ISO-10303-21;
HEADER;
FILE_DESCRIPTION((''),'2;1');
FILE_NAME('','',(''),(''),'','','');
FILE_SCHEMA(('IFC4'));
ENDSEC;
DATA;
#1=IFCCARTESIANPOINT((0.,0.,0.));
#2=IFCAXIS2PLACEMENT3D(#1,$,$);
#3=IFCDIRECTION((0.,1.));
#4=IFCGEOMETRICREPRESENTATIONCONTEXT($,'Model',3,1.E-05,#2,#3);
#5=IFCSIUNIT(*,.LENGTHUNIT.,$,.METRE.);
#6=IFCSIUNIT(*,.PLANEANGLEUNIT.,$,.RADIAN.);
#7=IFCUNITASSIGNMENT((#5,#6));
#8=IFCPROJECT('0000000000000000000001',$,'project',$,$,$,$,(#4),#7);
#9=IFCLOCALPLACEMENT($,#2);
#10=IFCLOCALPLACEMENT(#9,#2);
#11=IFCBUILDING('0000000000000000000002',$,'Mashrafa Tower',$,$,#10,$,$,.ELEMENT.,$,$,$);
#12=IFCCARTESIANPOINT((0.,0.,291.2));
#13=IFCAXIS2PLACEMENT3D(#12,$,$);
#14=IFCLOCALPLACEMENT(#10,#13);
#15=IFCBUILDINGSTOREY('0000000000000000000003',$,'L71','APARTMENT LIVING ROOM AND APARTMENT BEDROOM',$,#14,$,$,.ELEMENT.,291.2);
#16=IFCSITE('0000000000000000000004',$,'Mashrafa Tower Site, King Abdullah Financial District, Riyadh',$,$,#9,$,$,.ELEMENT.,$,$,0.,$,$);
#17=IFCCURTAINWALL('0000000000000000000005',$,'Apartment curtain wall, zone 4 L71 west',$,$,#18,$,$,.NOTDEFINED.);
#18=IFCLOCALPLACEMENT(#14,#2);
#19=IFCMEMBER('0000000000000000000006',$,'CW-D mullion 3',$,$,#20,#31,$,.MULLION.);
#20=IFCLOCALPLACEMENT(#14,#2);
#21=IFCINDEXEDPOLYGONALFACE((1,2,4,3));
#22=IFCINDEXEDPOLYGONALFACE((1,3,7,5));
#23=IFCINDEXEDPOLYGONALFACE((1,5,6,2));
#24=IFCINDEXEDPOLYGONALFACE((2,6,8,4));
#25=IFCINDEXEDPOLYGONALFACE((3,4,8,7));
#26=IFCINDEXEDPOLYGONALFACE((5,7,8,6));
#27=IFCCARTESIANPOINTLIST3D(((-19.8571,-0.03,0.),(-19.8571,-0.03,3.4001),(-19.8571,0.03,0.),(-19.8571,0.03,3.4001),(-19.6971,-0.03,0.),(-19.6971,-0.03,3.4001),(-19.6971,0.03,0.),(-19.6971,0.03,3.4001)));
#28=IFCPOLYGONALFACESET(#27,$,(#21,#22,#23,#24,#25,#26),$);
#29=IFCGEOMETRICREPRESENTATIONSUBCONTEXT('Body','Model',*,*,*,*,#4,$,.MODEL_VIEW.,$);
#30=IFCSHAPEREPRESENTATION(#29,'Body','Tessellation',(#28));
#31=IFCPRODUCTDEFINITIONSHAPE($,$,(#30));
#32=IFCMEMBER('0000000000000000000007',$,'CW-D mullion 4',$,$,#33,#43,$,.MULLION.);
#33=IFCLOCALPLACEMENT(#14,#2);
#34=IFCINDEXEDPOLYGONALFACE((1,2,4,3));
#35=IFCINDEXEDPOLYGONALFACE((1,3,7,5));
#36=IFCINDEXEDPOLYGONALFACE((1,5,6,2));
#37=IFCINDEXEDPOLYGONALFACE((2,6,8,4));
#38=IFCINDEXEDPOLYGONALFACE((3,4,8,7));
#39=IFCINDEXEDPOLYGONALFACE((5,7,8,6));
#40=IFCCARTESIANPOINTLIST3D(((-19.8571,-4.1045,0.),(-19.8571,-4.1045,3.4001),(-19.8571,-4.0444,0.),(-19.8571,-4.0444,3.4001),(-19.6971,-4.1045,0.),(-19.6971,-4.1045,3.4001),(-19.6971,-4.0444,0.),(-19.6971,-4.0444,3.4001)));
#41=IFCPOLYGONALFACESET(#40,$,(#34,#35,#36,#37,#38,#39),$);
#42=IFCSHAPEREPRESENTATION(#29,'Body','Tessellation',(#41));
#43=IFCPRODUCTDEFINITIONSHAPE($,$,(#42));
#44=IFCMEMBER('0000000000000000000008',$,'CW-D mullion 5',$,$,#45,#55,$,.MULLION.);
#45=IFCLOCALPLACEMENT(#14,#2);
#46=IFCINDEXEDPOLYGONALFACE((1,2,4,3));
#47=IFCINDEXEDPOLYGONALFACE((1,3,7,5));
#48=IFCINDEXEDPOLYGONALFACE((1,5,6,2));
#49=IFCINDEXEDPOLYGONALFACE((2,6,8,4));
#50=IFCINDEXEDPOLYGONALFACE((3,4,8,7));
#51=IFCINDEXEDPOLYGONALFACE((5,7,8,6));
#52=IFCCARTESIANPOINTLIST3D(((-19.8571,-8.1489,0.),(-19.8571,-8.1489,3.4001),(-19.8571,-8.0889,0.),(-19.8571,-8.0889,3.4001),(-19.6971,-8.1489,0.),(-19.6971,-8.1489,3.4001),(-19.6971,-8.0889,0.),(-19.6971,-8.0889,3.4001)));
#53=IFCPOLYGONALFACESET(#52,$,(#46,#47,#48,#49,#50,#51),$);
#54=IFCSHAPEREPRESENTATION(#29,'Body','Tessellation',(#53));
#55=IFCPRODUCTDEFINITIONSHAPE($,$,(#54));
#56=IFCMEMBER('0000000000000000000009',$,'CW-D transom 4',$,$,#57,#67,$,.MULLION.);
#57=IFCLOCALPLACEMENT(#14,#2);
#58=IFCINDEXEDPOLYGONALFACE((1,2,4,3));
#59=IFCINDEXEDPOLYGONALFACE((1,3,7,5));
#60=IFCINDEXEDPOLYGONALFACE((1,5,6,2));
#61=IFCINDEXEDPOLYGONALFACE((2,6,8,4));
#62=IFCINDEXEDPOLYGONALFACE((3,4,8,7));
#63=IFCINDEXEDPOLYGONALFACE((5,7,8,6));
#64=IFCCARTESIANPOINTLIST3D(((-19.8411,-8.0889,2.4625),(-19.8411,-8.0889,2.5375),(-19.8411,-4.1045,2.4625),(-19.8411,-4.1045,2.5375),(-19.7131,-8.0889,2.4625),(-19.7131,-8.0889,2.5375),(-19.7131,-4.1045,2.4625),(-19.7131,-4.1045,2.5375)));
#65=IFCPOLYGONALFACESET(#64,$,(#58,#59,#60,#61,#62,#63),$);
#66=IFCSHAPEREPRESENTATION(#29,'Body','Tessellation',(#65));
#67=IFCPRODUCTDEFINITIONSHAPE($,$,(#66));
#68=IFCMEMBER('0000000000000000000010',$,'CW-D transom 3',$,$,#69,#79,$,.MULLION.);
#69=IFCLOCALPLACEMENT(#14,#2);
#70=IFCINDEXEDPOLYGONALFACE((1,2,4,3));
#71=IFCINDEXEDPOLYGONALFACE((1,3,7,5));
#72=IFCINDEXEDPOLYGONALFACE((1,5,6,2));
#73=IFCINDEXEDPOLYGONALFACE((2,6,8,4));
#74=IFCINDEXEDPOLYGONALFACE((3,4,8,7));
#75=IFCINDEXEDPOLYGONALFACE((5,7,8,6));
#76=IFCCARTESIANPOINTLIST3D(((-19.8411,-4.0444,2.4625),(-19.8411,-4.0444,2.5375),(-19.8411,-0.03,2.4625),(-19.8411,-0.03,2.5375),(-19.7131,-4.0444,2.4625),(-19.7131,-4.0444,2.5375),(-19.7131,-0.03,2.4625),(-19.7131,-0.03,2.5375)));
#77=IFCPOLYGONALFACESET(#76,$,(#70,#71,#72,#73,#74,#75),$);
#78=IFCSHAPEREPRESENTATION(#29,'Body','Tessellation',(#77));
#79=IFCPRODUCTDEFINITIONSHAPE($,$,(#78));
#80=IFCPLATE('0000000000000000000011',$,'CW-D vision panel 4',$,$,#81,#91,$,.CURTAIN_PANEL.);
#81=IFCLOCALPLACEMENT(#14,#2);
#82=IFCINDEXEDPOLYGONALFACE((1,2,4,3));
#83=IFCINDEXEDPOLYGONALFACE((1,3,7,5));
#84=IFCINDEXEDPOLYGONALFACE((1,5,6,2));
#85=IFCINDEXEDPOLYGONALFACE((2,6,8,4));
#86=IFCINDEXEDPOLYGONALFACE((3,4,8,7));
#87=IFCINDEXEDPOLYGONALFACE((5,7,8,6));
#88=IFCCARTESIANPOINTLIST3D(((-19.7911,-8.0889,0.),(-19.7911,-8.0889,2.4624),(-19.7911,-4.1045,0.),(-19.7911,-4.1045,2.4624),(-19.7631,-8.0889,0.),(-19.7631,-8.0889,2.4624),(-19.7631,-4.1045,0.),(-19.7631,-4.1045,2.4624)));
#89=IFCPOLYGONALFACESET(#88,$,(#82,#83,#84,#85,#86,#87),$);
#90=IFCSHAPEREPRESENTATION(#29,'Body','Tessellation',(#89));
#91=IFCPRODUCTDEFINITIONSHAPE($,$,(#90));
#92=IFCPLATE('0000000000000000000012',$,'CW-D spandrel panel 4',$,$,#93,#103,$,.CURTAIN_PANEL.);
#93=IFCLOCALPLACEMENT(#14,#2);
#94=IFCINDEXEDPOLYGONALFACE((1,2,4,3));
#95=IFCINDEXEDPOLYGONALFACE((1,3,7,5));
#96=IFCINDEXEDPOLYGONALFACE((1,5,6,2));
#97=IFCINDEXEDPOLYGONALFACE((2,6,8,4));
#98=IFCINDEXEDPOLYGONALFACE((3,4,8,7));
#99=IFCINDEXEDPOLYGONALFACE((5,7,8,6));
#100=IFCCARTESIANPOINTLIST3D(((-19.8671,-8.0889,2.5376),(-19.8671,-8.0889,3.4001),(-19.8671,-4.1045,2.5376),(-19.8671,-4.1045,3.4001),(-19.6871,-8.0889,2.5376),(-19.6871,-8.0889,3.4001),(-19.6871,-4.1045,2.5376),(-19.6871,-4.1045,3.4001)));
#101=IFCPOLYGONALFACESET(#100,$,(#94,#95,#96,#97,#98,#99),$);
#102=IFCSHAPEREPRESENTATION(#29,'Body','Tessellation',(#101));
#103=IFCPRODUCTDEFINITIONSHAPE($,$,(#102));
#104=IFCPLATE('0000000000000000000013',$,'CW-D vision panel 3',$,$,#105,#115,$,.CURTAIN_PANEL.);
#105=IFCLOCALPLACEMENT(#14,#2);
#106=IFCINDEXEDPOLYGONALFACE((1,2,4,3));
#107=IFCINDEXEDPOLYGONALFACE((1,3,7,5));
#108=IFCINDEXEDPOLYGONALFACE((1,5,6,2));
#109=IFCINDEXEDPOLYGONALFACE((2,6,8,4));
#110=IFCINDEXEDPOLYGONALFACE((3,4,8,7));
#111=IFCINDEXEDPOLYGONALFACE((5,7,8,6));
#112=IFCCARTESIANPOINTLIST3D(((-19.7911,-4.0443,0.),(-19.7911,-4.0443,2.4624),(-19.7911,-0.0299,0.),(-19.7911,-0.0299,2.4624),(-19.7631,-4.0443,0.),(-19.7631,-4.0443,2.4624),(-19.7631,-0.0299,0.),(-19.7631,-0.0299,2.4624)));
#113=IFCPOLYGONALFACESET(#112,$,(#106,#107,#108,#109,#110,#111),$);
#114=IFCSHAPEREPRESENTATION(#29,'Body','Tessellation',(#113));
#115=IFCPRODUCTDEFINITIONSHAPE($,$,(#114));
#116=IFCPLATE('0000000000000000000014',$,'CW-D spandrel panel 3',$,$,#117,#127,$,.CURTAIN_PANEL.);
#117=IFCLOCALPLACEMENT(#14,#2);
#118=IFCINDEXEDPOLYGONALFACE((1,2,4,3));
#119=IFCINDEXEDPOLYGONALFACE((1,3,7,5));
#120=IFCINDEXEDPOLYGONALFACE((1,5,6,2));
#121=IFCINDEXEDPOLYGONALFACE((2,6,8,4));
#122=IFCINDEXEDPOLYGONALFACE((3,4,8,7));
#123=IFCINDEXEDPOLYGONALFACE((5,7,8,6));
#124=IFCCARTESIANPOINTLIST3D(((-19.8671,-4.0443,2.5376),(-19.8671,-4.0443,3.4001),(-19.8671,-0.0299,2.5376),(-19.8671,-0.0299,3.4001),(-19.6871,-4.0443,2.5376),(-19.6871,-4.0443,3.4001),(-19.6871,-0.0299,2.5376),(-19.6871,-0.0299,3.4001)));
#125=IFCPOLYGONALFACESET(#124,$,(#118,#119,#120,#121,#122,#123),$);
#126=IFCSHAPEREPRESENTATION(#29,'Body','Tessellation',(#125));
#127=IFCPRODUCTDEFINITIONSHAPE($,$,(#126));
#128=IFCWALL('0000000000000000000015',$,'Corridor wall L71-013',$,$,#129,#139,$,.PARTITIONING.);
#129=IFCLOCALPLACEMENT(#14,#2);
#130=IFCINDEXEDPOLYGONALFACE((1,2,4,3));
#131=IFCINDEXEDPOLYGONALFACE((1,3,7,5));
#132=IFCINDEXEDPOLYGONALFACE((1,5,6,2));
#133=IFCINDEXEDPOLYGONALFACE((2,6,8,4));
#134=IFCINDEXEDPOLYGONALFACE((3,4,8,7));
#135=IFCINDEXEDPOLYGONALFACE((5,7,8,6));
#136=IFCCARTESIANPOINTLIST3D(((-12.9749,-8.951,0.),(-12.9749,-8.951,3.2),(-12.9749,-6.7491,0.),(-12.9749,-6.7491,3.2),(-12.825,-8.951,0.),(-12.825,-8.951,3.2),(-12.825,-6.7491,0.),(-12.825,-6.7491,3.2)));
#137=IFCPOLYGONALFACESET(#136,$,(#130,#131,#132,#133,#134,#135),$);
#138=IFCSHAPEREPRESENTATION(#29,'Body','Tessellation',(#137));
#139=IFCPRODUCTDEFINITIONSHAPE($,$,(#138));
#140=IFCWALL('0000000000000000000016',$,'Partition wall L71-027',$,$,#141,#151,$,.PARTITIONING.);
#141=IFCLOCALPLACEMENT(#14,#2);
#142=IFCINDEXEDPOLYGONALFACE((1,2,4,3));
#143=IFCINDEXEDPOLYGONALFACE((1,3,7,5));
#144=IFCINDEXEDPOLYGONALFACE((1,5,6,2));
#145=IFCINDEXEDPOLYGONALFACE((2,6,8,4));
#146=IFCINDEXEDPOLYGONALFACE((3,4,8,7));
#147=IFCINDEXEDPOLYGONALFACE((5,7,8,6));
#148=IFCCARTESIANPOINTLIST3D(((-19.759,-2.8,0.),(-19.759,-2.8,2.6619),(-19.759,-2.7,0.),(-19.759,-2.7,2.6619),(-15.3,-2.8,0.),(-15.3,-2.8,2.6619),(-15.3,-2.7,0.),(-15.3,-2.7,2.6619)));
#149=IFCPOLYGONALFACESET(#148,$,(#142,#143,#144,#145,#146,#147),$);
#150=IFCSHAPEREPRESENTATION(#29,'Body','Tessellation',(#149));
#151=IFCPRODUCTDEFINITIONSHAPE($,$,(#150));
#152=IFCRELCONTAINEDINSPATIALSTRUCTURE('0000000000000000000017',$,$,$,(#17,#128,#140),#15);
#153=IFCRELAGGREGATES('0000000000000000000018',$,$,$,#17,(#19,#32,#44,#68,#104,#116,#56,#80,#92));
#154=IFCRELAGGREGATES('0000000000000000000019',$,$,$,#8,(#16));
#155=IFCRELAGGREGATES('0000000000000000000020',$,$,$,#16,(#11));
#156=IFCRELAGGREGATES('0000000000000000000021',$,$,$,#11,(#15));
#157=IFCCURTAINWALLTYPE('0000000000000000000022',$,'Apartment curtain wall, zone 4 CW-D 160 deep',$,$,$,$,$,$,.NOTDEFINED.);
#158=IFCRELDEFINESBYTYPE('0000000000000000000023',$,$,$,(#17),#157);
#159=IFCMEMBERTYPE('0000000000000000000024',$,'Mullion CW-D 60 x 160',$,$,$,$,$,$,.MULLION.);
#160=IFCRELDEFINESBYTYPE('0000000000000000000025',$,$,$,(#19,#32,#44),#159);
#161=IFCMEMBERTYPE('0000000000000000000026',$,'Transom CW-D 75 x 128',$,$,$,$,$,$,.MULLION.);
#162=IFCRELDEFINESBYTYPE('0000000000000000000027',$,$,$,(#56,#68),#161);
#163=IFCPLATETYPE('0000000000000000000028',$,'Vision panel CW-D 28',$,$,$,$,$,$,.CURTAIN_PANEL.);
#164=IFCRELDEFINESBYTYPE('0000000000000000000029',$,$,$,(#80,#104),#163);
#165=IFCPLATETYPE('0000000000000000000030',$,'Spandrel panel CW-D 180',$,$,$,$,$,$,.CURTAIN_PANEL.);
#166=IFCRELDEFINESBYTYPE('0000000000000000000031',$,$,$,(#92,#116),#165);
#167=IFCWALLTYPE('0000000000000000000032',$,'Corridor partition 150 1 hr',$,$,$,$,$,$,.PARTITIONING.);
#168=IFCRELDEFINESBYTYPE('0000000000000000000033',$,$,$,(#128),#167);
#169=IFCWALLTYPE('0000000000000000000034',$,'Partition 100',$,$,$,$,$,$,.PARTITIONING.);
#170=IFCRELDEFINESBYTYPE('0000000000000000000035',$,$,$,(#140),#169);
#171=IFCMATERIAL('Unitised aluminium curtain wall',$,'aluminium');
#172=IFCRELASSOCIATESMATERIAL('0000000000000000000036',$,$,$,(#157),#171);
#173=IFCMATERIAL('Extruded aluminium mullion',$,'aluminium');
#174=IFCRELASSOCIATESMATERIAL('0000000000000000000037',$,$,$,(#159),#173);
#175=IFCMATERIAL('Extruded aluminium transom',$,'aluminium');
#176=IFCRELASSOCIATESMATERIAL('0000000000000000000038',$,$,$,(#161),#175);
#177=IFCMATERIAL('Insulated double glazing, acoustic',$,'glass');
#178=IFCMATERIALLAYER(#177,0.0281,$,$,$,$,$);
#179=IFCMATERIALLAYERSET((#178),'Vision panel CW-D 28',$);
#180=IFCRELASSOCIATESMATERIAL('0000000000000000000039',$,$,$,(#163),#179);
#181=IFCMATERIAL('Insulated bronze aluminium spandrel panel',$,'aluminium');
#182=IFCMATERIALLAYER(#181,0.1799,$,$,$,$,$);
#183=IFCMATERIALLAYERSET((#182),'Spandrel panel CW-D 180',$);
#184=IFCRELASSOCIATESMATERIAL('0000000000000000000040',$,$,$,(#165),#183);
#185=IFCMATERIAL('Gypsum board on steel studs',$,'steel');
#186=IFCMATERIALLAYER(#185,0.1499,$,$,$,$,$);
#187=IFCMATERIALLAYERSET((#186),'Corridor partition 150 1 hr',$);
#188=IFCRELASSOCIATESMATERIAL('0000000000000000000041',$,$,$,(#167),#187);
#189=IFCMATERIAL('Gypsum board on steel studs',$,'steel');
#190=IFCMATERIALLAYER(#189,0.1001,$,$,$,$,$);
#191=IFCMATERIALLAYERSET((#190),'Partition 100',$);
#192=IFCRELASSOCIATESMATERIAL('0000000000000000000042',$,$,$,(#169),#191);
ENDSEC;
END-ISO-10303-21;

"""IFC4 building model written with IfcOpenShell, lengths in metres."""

from ifc_helpers import new_model, si_unit, direction, frame, frame_2d, origin, origin_2d, place, context, subcontext, project, spatial, rectangle, extrude, source, transform, mapped, material, layer, layer_set, material_profile, profile_set, type_object, type_shapes, element, aggregate, save


model = new_model("IFC4")

# Units and contexts
model_context = context("Model", 3, precision=1e-05, world=origin(), true_north=direction((0.0, 1.0)))
body_context = subcontext(model_context, "Body", "Model", "MODEL_VIEW")
ifc_project = project(units=[si_unit("LENGTHUNIT", "METRE"), si_unit("PLANEANGLEUNIT", "RADIAN")], contexts=[model_context])

# Site, building, storey
site_placement = place(None, origin())
site = spatial("IfcSite", under=ifc_project, at=site_placement, Name="Mashrafa Tower Site, King Abdullah Financial District, Riyadh", CompositionType="ELEMENT", RefElevation=0.0)
building_placement = place(site_placement, origin())
building = spatial("IfcBuilding", under=site, at=building_placement, Name="Mashrafa Tower", CompositionType="ELEMENT")
storey_placement = place(building_placement, frame((0.0, 0.0, 291.2)))
storey = spatial("IfcBuildingStorey", under=building, at=storey_placement, Name="L71", Description="APARTMENT LIVING ROOM AND APARTMENT BEDROOM", CompositionType="ELEMENT", Elevation=291.2)

# Curtain wall, members, plates
ifc_material_1 = material(Name="Unitised aluminium curtain wall", Category="aluminium")
curtain_wall_type = type_object("IfcCurtainWallType", Name="Apartment curtain wall, zone 4 CW-D 160 deep", PredefinedType="NOTDEFINED", material=ifc_material_1)
curtain_wall_placement = place(storey_placement, origin())
curtain_wall = element("IfcCurtainWall", 1, at=curtain_wall_placement, inside=storey, type_object=curtain_wall_type, Name="Apartment curtain wall, zone 4 L71 west", PredefinedType="NOTDEFINED")
ifc_material_2 = material(Name="Extruded aluminium mullion", Category="aluminium")
ifc_material_profile_1 = material_profile(ifc_material_2, rectangle(XDim=0.1599, YDim=0.0601, at=origin_2d()), Name="Mullion 60x160")
ifc_profile_set_1 = profile_set([ifc_material_profile_1], Name="Extruded aluminium mullion")
member_type_1 = type_object("IfcMemberType", Name="Mullion CW-D 60 x 160", PredefinedType="MULLION", material=ifc_profile_set_1)
shared_shape_1 = source(origin(), body_context, "Body", "SweptSolid", [
    extrude(rectangle(XDim=0.1599, YDim=0.0601, at=origin_2d()), origin(), (0.0, 0.0, 1.0), 3.4001),
])
type_shapes(member_type_1, [shared_shape_1])
member_1_placement = place(storey_placement, frame((-19.7771, 0.0, 0.0), z_axis=(0.0, 0.0, 1.0), x_axis=(1.0, 0.0, 0.0)))
member_1 = element("IfcMember", 2, at=member_1_placement, type_object=member_type_1, Name="CW-D mullion 3", PredefinedType="MULLION", context=body_context, shape_type="MappedRepresentation", body=[
    mapped(shared_shape_1, transform((0.0, 0.0, 0.0))),
])
member_2_placement = place(storey_placement, frame((-19.7771, -4.0745, 0.0), z_axis=(0.0, 0.0, 1.0), x_axis=(1.0, 0.0, 0.0)))
member_2 = element("IfcMember", 3, at=member_2_placement, type_object=member_type_1, Name="CW-D mullion 4", PredefinedType="MULLION", context=body_context, shape_type="MappedRepresentation", body=[
    mapped(shared_shape_1, transform((0.0, 0.0, 0.0))),
])
member_3_placement = place(storey_placement, frame((-19.7771, -8.1189, 0.0), z_axis=(0.0, 0.0, 1.0), x_axis=(1.0, 0.0, 0.0)))
member_3 = element("IfcMember", 4, at=member_3_placement, type_object=member_type_1, Name="CW-D mullion 5", PredefinedType="MULLION", context=body_context, shape_type="MappedRepresentation", body=[
    mapped(shared_shape_1, transform((0.0, 0.0, 0.0))),
])
ifc_material_3 = material(Name="Extruded aluminium transom", Category="aluminium")
ifc_material_profile_2 = material_profile(ifc_material_3, rectangle(XDim=0.1279, YDim=0.075, at=origin_2d()), Name="Transom 75x128")
ifc_profile_set_2 = profile_set([ifc_material_profile_2], Name="Extruded aluminium transom")
member_type_2 = type_object("IfcMemberType", Name="Transom CW-D 75 x 128", PredefinedType="MULLION", material=ifc_profile_set_2)
shared_shape_2 = source(origin(), body_context, "Body", "SweptSolid", [
    extrude(rectangle(XDim=0.1279, YDim=0.075, at=origin_2d()), origin(), (0.0, 0.0, 1.0), 3.9844),
])
member_4_placement = place(storey_placement, frame((-19.7771, -4.1045, 2.5), z_axis=(0.0, -1.0, 0.0), x_axis=(1.0, 0.0, 0.0)))
member_4 = element("IfcMember", 5, at=member_4_placement, type_object=member_type_2, Name="CW-D transom 4", PredefinedType="MULLION", context=body_context, shape_type="MappedRepresentation", body=[
    mapped(shared_shape_2, transform((0.0, 0.0, 0.0))),
])
shared_shape_3 = source(origin(), body_context, "Body", "SweptSolid", [
    extrude(rectangle(XDim=0.1279, YDim=0.075, at=origin_2d()), origin(), (0.0, 0.0, 1.0), 4.0144),
])
type_shapes(member_type_2, [shared_shape_2, shared_shape_3])
member_5_placement = place(storey_placement, frame((-19.7771, -0.03, 2.5), z_axis=(0.0, -1.0, 0.0), x_axis=(1.0, 0.0, 0.0)))
member_5 = element("IfcMember", 6, at=member_5_placement, type_object=member_type_2, Name="CW-D transom 3", PredefinedType="MULLION", context=body_context, shape_type="MappedRepresentation", body=[
    mapped(shared_shape_3, transform((0.0, 0.0, 0.0))),
])
ifc_material_4 = material(Name="Insulated double glazing, acoustic", Category="glass")
ifc_layer_1 = layer(ifc_material_4, 0.0281)
ifc_layer_set_1 = layer_set([ifc_layer_1], Name="Vision panel CW-D 28")
plate_type_1 = type_object("IfcPlateType", Name="Vision panel CW-D 28", PredefinedType="CURTAIN_PANEL", material=ifc_layer_set_1)
shared_shape_4 = source(origin(), body_context, "Body", "SweptSolid", [
    extrude(rectangle(XDim=3.9844, YDim=0.0281, at=origin_2d()), origin(), (0.0, 0.0, 1.0), 2.4624),
])
plate_1_placement = place(storey_placement, frame((-19.7771, -6.0967, 0.0), z_axis=(0.0, 0.0, 1.0), x_axis=(0.0, -1.0, 0.0)))
plate_1 = element("IfcPlate", 7, at=plate_1_placement, type_object=plate_type_1, Name="CW-D vision panel 4", PredefinedType="CURTAIN_PANEL", context=body_context, shape_type="MappedRepresentation", body=[
    mapped(shared_shape_4, transform((0.0, 0.0, 0.0))),
])
ifc_material_5 = material(Name="Insulated bronze aluminium spandrel panel", Category="aluminium")
ifc_layer_2 = layer(ifc_material_5, 0.1799)
ifc_layer_set_2 = layer_set([ifc_layer_2], Name="Spandrel panel CW-D 180")
plate_type_2 = type_object("IfcPlateType", Name="Spandrel panel CW-D 180", PredefinedType="CURTAIN_PANEL", material=ifc_layer_set_2)
shared_shape_5 = source(origin(), body_context, "Body", "SweptSolid", [
    extrude(rectangle(XDim=3.9844, YDim=0.1799, at=origin_2d()), origin(), (0.0, 0.0, 1.0), 0.8625),
])
plate_2_placement = place(storey_placement, frame((-19.7771, -6.0967, 2.5376), z_axis=(0.0, 0.0, 1.0), x_axis=(0.0, -1.0, 0.0)))
plate_2 = element("IfcPlate", 8, at=plate_2_placement, type_object=plate_type_2, Name="CW-D spandrel panel 4", PredefinedType="CURTAIN_PANEL", context=body_context, shape_type="MappedRepresentation", body=[
    mapped(shared_shape_5, transform((0.0, 0.0, 0.0))),
])
shared_shape_6 = source(origin(), body_context, "Body", "SweptSolid", [
    extrude(rectangle(XDim=4.0144, YDim=0.0281, at=origin_2d()), origin(), (0.0, 0.0, 1.0), 2.4624),
])
type_shapes(plate_type_1, [shared_shape_4, shared_shape_6])
plate_3_placement = place(storey_placement, frame((-19.7771, -2.0371, 0.0), z_axis=(0.0, 0.0, 1.0), x_axis=(0.0, -1.0, 0.0)))
plate_3 = element("IfcPlate", 9, at=plate_3_placement, type_object=plate_type_1, Name="CW-D vision panel 3", PredefinedType="CURTAIN_PANEL", context=body_context, shape_type="MappedRepresentation", body=[
    mapped(shared_shape_6, transform((0.0, 0.0, 0.0))),
])
shared_shape_7 = source(origin(), body_context, "Body", "SweptSolid", [
    extrude(rectangle(XDim=4.0144, YDim=0.1799, at=origin_2d()), origin(), (0.0, 0.0, 1.0), 0.8625),
])
type_shapes(plate_type_2, [shared_shape_5, shared_shape_7])
plate_4_placement = place(storey_placement, frame((-19.7771, -2.0371, 2.5376), z_axis=(0.0, 0.0, 1.0), x_axis=(0.0, -1.0, 0.0)))
plate_4 = element("IfcPlate", 10, at=plate_4_placement, type_object=plate_type_2, Name="CW-D spandrel panel 3", PredefinedType="CURTAIN_PANEL", context=body_context, shape_type="MappedRepresentation", body=[
    mapped(shared_shape_7, transform((0.0, 0.0, 0.0))),
])
aggregate(curtain_wall, [member_1, member_2, member_3, member_5, plate_3, plate_4, member_4, plate_1, plate_2])

# Walls
ifc_material_6 = material(Name="Gypsum board on steel studs", Category="steel")
ifc_layer_3 = layer(ifc_material_6, 0.1499)
ifc_layer_set_3 = layer_set([ifc_layer_3], Name="Corridor partition 150 1 hr")
wall_type_1 = type_object("IfcWallType", Name="Corridor partition 150 1 hr", PredefinedType="PARTITIONING", material=ifc_layer_set_3)
wall_1_placement = place(storey_placement, frame((-12.8999, -6.749, 0.0), z_axis=(0.0, 0.0, 1.0), x_axis=(0.0, -1.0, 0.0)))
element("IfcWall", 11, at=wall_1_placement, inside=storey, type_object=wall_type_1, Name="Corridor wall L71-013", PredefinedType="PARTITIONING", context=body_context, shape_type="SweptSolid", body=[
    extrude(rectangle(XDim=2.2019, YDim=0.1499, at=frame_2d((1.1011, 0.0))), origin(), (0.0, 0.0, 1.0), 3.2),
])
ifc_material_7 = material(Name="Gypsum board on steel studs", Category="steel")
ifc_layer_4 = layer(ifc_material_7, 0.1001)
ifc_layer_set_4 = layer_set([ifc_layer_4], Name="Partition 100")
wall_type_2 = type_object("IfcWallType", Name="Partition 100", PredefinedType="PARTITIONING", material=ifc_layer_set_4)
wall_2_placement = place(storey_placement, frame((-15.3, -2.75, 0.0), z_axis=(0.0, 0.0, 1.0), x_axis=(-1.0, 0.0, 0.0)))
element("IfcWall", 12, at=wall_2_placement, inside=storey, type_object=wall_type_2, Name="Partition wall L71-027", PredefinedType="PARTITIONING", context=body_context, shape_type="SweptSolid", body=[
    extrude(rectangle(XDim=4.459, YDim=0.1001, at=frame_2d((2.2295, 0.0))), origin(), (0.0, 0.0, 1.0), 2.6619),
])

save(model, "model.ifc")
